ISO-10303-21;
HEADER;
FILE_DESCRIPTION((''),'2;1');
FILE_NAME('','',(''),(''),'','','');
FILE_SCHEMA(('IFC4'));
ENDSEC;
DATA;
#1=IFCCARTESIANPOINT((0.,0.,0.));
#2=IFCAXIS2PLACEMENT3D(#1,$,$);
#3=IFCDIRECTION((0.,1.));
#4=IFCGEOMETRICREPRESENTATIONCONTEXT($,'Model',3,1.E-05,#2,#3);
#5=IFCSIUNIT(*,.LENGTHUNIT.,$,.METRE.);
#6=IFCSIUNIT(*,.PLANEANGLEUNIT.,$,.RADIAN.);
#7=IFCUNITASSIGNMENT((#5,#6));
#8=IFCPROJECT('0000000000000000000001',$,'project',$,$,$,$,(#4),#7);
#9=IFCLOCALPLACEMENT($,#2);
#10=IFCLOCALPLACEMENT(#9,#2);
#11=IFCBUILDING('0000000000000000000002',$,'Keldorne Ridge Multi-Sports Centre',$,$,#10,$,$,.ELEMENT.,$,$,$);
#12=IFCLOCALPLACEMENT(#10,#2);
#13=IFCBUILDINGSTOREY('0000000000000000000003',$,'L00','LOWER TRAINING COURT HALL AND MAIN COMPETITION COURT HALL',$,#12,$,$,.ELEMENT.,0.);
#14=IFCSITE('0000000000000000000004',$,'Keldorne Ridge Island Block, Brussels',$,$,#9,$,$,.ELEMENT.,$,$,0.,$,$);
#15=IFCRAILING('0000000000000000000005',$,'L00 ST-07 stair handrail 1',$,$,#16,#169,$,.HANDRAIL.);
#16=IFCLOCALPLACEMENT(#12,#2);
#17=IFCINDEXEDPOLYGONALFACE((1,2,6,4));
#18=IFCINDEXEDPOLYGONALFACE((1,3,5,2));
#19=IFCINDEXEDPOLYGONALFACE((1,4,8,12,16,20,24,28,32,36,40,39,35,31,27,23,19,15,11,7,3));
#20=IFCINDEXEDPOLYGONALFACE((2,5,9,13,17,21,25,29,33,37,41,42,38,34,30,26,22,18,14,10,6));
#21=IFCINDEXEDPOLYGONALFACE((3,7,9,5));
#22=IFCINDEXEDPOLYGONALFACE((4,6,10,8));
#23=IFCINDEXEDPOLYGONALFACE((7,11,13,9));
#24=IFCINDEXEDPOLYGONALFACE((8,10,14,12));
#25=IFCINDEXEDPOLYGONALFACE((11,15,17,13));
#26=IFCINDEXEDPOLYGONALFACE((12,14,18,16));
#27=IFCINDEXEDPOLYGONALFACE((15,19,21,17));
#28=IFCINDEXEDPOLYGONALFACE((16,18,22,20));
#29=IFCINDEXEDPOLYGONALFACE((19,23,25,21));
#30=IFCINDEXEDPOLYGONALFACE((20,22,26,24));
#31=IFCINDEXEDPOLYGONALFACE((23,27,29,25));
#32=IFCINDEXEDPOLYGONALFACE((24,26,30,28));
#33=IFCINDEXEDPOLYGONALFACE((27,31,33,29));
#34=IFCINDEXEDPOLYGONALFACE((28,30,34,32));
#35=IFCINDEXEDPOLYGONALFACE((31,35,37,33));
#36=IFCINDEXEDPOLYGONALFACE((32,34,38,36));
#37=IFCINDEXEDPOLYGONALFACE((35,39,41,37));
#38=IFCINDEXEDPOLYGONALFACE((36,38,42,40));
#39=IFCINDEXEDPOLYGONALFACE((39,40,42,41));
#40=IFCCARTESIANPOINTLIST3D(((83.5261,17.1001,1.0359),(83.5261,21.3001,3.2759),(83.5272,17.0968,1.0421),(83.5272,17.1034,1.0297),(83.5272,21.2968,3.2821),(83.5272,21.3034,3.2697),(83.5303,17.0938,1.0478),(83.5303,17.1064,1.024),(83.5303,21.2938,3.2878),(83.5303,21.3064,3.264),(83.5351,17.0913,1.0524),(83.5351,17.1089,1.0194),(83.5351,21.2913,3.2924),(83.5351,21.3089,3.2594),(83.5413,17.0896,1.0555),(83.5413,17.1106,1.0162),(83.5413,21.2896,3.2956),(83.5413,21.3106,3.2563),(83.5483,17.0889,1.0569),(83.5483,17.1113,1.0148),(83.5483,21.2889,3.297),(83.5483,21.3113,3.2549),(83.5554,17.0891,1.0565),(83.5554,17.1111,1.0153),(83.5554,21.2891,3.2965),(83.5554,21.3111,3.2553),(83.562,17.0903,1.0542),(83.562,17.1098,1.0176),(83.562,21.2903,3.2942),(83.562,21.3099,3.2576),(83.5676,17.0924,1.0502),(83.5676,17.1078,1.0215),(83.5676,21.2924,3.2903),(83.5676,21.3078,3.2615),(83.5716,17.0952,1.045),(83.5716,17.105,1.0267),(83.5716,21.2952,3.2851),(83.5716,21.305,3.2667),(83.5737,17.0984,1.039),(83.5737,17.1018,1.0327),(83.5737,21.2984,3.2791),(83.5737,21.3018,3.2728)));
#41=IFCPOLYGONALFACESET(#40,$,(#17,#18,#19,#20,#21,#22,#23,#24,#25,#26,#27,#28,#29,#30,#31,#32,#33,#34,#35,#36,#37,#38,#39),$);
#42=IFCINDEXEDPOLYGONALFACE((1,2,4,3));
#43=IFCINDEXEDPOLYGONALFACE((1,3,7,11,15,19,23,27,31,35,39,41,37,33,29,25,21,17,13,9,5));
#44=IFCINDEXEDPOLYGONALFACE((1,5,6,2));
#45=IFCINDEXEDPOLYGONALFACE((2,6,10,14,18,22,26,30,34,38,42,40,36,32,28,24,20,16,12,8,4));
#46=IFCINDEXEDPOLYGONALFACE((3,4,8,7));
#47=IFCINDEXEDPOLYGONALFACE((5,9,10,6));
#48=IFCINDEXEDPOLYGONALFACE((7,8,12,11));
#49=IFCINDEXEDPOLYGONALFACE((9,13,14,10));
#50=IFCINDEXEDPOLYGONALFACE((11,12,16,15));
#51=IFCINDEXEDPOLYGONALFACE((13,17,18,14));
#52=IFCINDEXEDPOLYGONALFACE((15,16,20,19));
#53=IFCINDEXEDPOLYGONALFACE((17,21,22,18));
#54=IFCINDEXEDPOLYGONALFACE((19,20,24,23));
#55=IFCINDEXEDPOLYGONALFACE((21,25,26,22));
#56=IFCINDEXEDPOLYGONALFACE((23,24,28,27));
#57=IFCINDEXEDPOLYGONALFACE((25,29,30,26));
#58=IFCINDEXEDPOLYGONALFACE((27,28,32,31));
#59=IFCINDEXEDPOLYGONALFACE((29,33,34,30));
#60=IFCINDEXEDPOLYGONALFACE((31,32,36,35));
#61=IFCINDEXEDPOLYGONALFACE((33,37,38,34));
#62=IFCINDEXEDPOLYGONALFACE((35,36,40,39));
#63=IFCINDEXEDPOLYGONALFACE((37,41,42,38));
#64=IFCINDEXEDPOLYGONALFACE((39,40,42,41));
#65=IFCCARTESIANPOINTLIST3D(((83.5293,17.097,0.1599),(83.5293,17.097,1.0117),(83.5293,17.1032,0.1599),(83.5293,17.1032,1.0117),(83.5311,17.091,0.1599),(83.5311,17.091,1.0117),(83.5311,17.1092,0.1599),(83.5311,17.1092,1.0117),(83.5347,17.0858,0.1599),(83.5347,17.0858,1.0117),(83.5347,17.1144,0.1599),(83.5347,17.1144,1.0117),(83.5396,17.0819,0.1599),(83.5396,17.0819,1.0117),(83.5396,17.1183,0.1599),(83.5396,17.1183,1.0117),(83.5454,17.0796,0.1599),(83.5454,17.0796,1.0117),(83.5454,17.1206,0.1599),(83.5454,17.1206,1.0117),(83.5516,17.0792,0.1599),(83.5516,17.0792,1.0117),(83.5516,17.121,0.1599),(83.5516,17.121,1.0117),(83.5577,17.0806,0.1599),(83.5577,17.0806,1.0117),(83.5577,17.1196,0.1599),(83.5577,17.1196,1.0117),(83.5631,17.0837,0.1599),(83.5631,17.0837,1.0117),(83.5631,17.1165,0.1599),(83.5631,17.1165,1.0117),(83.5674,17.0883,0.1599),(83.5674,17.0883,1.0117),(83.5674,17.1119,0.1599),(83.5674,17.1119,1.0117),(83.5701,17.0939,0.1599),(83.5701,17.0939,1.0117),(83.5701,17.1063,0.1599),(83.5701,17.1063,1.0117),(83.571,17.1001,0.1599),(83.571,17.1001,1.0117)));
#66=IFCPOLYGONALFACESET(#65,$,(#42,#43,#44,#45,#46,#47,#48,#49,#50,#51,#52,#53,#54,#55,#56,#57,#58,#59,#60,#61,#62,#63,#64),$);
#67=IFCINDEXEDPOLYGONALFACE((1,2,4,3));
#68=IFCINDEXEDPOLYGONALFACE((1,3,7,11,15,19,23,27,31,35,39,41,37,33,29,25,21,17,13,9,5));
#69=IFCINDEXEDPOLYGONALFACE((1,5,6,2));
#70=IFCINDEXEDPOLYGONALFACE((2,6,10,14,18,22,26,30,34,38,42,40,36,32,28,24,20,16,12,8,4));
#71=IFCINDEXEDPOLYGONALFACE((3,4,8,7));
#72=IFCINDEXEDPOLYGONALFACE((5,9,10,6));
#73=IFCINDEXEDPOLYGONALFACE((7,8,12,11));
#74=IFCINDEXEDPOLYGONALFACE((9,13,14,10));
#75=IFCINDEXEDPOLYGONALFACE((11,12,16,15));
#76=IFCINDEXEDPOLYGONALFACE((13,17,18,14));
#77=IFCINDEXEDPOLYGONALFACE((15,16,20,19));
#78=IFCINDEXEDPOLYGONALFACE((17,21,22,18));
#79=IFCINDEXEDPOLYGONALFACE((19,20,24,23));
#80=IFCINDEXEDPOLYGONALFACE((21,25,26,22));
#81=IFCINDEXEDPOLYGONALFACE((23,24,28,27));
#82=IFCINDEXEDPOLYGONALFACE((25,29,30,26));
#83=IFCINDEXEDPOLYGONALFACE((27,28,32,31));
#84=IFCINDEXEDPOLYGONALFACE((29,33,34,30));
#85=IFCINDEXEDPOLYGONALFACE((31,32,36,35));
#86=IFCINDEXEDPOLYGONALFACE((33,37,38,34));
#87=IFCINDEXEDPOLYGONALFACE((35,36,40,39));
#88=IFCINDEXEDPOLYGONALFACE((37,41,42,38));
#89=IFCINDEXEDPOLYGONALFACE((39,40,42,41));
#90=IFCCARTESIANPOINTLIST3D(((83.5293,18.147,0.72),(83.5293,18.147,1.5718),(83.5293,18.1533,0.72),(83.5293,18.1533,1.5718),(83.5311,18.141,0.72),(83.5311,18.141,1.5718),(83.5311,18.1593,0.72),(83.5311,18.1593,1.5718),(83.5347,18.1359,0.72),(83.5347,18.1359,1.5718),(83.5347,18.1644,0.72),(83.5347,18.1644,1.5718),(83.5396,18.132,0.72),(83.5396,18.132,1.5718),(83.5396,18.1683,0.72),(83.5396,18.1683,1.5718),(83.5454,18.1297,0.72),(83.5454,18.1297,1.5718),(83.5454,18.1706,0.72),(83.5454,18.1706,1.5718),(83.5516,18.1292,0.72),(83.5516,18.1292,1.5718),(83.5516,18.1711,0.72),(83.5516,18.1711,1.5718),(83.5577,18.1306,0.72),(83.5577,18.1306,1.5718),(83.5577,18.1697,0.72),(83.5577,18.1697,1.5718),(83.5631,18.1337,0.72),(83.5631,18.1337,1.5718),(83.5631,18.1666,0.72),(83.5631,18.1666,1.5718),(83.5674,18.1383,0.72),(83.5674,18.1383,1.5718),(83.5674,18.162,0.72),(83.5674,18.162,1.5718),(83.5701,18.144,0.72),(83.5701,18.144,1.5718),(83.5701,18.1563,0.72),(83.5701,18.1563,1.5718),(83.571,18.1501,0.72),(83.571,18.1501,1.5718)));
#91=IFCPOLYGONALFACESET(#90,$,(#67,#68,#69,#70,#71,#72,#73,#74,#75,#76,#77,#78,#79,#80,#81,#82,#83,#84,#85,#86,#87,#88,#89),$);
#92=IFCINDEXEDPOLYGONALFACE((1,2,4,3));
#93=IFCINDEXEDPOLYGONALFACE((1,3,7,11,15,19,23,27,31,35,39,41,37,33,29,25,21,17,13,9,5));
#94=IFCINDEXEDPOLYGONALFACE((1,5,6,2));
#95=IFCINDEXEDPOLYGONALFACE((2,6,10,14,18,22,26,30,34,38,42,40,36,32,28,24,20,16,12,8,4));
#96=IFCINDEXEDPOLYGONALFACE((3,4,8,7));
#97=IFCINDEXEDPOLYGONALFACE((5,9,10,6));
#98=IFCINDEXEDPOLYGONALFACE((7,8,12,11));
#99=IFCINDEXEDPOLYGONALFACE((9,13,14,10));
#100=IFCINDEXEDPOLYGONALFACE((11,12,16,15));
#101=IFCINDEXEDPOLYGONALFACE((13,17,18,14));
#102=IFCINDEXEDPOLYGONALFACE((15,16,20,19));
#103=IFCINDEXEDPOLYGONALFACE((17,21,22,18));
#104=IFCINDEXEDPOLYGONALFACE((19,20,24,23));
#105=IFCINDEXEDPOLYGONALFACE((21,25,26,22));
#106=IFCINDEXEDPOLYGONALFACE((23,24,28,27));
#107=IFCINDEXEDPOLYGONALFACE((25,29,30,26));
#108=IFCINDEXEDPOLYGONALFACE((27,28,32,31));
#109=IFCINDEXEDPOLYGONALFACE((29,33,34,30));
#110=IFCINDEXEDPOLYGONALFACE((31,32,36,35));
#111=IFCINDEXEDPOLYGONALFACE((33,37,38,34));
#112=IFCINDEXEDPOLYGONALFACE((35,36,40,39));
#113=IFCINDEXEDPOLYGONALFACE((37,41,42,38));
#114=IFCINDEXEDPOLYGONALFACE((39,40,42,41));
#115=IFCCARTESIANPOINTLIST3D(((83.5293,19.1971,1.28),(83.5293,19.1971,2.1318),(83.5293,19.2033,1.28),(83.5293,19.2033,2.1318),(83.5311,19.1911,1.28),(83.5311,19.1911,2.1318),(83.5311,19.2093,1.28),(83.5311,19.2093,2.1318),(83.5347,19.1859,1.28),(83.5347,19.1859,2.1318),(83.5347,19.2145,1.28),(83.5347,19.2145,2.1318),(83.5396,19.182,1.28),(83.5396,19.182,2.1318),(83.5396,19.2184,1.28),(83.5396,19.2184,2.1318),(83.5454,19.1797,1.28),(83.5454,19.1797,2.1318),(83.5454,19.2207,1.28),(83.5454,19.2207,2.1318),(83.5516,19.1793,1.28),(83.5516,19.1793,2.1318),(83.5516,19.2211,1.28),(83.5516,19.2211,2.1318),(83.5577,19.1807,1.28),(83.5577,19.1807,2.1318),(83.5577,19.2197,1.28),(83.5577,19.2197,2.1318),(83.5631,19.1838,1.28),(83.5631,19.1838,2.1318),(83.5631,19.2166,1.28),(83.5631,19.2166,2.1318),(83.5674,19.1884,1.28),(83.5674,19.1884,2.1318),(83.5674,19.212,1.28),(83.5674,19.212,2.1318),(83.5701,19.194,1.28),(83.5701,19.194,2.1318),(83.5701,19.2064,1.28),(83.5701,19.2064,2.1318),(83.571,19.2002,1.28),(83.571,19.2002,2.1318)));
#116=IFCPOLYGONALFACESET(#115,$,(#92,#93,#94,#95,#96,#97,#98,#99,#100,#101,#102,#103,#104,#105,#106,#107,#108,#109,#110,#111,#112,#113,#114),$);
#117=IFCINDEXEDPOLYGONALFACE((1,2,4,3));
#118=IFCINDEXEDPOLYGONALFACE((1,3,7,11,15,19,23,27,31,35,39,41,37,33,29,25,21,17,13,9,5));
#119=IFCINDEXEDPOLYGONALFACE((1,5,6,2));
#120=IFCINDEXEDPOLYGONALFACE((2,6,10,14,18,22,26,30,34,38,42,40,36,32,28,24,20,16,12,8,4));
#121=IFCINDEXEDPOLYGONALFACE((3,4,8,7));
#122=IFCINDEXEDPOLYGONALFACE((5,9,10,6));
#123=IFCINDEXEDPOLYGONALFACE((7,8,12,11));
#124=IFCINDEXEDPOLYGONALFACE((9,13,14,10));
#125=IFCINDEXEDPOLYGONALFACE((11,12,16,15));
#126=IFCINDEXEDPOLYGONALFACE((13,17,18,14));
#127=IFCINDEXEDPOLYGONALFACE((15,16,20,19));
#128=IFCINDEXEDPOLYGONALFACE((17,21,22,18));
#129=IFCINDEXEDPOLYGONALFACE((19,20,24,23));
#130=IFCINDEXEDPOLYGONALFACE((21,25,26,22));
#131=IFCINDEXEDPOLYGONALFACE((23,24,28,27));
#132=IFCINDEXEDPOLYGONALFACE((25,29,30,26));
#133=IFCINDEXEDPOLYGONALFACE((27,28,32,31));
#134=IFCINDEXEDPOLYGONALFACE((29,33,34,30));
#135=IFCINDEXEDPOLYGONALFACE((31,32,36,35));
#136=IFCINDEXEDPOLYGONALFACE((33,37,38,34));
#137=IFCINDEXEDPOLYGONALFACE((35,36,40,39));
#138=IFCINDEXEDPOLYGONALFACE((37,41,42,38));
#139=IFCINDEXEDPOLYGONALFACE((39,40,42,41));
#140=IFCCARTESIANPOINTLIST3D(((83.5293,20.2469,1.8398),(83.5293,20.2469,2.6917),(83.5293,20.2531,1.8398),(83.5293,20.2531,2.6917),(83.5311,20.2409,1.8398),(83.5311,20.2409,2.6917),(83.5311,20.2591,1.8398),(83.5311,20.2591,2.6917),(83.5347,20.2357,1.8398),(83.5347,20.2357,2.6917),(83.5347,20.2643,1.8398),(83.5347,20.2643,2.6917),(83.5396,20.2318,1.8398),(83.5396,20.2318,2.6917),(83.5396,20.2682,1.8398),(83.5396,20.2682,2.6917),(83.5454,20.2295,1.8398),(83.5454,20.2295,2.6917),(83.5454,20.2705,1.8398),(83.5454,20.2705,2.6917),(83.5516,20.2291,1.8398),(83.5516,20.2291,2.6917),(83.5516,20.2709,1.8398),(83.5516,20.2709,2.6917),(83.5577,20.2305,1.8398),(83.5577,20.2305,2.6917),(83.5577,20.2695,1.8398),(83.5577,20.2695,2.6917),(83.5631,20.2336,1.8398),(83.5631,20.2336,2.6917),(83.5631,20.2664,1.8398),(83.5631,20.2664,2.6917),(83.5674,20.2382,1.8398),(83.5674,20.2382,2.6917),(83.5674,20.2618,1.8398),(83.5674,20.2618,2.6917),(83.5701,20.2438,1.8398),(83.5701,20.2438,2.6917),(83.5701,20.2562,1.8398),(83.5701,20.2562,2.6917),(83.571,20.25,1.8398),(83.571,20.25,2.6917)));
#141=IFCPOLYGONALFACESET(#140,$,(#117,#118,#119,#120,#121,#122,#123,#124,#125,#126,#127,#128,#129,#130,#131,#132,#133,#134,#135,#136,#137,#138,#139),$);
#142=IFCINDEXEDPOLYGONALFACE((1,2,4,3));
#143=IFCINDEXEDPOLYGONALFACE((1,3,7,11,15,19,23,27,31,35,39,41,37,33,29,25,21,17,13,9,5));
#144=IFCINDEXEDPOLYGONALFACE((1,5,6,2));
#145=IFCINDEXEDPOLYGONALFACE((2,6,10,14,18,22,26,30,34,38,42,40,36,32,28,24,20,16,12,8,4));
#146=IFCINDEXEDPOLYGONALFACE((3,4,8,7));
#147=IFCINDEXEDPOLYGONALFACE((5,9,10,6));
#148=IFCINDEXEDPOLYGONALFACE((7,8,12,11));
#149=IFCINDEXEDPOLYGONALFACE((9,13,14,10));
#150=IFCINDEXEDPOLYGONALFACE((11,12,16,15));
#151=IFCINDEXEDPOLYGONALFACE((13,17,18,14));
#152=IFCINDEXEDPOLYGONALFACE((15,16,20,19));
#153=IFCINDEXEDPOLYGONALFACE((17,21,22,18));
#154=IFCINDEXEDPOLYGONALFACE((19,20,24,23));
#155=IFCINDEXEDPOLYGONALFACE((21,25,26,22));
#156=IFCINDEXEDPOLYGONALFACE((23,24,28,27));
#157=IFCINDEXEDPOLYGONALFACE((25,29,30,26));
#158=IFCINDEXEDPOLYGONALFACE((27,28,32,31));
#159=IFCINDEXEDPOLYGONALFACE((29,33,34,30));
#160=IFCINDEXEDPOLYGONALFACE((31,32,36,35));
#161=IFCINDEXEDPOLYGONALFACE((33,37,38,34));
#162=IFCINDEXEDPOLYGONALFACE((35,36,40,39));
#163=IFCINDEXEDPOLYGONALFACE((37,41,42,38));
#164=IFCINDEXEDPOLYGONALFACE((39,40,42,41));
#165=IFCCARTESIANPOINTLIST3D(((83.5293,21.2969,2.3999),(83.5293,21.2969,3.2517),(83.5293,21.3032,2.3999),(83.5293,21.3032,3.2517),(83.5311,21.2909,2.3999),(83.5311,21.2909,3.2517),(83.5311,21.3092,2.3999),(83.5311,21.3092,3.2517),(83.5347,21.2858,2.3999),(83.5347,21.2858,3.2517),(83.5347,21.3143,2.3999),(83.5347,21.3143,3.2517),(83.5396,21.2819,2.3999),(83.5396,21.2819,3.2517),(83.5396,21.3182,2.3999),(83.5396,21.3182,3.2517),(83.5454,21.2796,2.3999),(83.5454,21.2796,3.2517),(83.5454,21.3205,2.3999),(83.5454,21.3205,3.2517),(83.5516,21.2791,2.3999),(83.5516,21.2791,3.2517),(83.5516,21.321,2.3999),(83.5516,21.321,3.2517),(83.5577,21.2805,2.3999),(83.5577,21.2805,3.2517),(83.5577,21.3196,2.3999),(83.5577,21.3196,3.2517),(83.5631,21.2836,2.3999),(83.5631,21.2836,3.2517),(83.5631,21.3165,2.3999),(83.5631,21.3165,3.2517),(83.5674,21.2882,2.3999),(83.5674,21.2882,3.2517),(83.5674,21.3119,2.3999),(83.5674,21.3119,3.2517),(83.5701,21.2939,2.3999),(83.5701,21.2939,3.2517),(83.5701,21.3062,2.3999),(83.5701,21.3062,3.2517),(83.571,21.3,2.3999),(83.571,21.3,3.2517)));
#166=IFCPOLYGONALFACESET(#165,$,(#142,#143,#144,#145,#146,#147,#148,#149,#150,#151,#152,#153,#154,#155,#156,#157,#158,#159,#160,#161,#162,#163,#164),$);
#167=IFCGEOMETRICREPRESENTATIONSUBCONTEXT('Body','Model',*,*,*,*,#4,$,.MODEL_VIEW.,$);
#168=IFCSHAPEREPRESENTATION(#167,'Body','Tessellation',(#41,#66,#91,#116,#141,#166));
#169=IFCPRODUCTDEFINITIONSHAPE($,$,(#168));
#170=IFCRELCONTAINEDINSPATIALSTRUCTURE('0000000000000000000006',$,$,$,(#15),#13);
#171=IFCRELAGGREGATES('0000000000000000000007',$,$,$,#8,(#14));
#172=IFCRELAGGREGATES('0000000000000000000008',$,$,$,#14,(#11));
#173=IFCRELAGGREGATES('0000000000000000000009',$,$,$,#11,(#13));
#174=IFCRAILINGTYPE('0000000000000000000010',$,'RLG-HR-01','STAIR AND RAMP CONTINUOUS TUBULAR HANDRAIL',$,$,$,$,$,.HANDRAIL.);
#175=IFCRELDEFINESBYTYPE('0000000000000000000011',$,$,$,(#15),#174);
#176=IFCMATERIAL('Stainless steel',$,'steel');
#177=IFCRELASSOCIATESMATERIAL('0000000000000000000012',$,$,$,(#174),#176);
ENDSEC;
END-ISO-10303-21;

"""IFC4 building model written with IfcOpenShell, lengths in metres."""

from ifc_helpers import new_model, si_unit, direction, frame, origin, origin_2d, place, context, subcontext, project, spatial, circle, extrude, material, type_object, element, save


model = new_model("IFC4")

# Units and contexts
model_context = context("Model", 3, precision=1e-05, world=origin(), true_north=direction((0.0, 1.0)))
body_context = subcontext(model_context, "Body", "Model", "MODEL_VIEW")
ifc_project = project(units=[si_unit("LENGTHUNIT", "METRE"), si_unit("PLANEANGLEUNIT", "RADIAN")], contexts=[model_context])

# Site, building, storey
site_placement = place(None, origin())
site = spatial("IfcSite", under=ifc_project, at=site_placement, Name="Keldorne Ridge Island Block, Brussels", CompositionType="ELEMENT", RefElevation=0.0)
building_placement = place(site_placement, origin())
building = spatial("IfcBuilding", under=site, at=building_placement, Name="Keldorne Ridge Multi-Sports Centre", CompositionType="ELEMENT")
storey_placement = place(building_placement, origin())
storey = spatial("IfcBuildingStorey", under=building, at=storey_placement, Name="L00", Description="LOWER TRAINING COURT HALL AND MAIN COMPETITION COURT HALL", CompositionType="ELEMENT", Elevation=0.0)

# Railing
ifc_material_1 = material(Name="Stainless steel", Category="steel")
railing_type_1 = type_object("IfcRailingType", Name="RLG-HR-01", Description="STAIR AND RAMP CONTINUOUS TUBULAR HANDRAIL", PredefinedType="HANDRAIL", material=ifc_material_1)
railing_1_placement = place(storey_placement, frame((83.55, 17.1001, 0.1599)))
element("IfcRailing", 1, at=railing_1_placement, inside=storey, type_object=railing_type_1, Name="L00 ST-07 stair handrail 1", PredefinedType="HANDRAIL", context=body_context, shape_type="SweptSolid", body=[
    extrude(circle(Radius=0.0239, at=origin_2d()), frame((0.0, 0.0, 0.876), z_axis=(0.0, 0.882352, 0.470591), x_axis=(-1.0, 0.0, 0.0)), (0.0, 0.0, 1.0), 4.76),
    extrude(circle(Radius=0.021, at=origin_2d()), origin(), (0.0, 0.0, 1.0), 0.8518),
    extrude(circle(Radius=0.021, at=origin_2d()), frame((0.0, 1.05, 0.5601)), (0.0, 0.0, 1.0), 0.8518),
    extrude(circle(Radius=0.021, at=origin_2d()), frame((0.0, 2.1001, 1.1201)), (0.0, 0.0, 1.0), 0.8518),
    extrude(circle(Radius=0.021, at=origin_2d()), frame((0.0, 3.1499, 1.6799)), (0.0, 0.0, 1.0), 0.8518),
    extrude(circle(Radius=0.021, at=origin_2d()), frame((0.0, 4.2, 2.24)), (0.0, 0.0, 1.0), 0.8518),
])

save(model, "model.ifc")
